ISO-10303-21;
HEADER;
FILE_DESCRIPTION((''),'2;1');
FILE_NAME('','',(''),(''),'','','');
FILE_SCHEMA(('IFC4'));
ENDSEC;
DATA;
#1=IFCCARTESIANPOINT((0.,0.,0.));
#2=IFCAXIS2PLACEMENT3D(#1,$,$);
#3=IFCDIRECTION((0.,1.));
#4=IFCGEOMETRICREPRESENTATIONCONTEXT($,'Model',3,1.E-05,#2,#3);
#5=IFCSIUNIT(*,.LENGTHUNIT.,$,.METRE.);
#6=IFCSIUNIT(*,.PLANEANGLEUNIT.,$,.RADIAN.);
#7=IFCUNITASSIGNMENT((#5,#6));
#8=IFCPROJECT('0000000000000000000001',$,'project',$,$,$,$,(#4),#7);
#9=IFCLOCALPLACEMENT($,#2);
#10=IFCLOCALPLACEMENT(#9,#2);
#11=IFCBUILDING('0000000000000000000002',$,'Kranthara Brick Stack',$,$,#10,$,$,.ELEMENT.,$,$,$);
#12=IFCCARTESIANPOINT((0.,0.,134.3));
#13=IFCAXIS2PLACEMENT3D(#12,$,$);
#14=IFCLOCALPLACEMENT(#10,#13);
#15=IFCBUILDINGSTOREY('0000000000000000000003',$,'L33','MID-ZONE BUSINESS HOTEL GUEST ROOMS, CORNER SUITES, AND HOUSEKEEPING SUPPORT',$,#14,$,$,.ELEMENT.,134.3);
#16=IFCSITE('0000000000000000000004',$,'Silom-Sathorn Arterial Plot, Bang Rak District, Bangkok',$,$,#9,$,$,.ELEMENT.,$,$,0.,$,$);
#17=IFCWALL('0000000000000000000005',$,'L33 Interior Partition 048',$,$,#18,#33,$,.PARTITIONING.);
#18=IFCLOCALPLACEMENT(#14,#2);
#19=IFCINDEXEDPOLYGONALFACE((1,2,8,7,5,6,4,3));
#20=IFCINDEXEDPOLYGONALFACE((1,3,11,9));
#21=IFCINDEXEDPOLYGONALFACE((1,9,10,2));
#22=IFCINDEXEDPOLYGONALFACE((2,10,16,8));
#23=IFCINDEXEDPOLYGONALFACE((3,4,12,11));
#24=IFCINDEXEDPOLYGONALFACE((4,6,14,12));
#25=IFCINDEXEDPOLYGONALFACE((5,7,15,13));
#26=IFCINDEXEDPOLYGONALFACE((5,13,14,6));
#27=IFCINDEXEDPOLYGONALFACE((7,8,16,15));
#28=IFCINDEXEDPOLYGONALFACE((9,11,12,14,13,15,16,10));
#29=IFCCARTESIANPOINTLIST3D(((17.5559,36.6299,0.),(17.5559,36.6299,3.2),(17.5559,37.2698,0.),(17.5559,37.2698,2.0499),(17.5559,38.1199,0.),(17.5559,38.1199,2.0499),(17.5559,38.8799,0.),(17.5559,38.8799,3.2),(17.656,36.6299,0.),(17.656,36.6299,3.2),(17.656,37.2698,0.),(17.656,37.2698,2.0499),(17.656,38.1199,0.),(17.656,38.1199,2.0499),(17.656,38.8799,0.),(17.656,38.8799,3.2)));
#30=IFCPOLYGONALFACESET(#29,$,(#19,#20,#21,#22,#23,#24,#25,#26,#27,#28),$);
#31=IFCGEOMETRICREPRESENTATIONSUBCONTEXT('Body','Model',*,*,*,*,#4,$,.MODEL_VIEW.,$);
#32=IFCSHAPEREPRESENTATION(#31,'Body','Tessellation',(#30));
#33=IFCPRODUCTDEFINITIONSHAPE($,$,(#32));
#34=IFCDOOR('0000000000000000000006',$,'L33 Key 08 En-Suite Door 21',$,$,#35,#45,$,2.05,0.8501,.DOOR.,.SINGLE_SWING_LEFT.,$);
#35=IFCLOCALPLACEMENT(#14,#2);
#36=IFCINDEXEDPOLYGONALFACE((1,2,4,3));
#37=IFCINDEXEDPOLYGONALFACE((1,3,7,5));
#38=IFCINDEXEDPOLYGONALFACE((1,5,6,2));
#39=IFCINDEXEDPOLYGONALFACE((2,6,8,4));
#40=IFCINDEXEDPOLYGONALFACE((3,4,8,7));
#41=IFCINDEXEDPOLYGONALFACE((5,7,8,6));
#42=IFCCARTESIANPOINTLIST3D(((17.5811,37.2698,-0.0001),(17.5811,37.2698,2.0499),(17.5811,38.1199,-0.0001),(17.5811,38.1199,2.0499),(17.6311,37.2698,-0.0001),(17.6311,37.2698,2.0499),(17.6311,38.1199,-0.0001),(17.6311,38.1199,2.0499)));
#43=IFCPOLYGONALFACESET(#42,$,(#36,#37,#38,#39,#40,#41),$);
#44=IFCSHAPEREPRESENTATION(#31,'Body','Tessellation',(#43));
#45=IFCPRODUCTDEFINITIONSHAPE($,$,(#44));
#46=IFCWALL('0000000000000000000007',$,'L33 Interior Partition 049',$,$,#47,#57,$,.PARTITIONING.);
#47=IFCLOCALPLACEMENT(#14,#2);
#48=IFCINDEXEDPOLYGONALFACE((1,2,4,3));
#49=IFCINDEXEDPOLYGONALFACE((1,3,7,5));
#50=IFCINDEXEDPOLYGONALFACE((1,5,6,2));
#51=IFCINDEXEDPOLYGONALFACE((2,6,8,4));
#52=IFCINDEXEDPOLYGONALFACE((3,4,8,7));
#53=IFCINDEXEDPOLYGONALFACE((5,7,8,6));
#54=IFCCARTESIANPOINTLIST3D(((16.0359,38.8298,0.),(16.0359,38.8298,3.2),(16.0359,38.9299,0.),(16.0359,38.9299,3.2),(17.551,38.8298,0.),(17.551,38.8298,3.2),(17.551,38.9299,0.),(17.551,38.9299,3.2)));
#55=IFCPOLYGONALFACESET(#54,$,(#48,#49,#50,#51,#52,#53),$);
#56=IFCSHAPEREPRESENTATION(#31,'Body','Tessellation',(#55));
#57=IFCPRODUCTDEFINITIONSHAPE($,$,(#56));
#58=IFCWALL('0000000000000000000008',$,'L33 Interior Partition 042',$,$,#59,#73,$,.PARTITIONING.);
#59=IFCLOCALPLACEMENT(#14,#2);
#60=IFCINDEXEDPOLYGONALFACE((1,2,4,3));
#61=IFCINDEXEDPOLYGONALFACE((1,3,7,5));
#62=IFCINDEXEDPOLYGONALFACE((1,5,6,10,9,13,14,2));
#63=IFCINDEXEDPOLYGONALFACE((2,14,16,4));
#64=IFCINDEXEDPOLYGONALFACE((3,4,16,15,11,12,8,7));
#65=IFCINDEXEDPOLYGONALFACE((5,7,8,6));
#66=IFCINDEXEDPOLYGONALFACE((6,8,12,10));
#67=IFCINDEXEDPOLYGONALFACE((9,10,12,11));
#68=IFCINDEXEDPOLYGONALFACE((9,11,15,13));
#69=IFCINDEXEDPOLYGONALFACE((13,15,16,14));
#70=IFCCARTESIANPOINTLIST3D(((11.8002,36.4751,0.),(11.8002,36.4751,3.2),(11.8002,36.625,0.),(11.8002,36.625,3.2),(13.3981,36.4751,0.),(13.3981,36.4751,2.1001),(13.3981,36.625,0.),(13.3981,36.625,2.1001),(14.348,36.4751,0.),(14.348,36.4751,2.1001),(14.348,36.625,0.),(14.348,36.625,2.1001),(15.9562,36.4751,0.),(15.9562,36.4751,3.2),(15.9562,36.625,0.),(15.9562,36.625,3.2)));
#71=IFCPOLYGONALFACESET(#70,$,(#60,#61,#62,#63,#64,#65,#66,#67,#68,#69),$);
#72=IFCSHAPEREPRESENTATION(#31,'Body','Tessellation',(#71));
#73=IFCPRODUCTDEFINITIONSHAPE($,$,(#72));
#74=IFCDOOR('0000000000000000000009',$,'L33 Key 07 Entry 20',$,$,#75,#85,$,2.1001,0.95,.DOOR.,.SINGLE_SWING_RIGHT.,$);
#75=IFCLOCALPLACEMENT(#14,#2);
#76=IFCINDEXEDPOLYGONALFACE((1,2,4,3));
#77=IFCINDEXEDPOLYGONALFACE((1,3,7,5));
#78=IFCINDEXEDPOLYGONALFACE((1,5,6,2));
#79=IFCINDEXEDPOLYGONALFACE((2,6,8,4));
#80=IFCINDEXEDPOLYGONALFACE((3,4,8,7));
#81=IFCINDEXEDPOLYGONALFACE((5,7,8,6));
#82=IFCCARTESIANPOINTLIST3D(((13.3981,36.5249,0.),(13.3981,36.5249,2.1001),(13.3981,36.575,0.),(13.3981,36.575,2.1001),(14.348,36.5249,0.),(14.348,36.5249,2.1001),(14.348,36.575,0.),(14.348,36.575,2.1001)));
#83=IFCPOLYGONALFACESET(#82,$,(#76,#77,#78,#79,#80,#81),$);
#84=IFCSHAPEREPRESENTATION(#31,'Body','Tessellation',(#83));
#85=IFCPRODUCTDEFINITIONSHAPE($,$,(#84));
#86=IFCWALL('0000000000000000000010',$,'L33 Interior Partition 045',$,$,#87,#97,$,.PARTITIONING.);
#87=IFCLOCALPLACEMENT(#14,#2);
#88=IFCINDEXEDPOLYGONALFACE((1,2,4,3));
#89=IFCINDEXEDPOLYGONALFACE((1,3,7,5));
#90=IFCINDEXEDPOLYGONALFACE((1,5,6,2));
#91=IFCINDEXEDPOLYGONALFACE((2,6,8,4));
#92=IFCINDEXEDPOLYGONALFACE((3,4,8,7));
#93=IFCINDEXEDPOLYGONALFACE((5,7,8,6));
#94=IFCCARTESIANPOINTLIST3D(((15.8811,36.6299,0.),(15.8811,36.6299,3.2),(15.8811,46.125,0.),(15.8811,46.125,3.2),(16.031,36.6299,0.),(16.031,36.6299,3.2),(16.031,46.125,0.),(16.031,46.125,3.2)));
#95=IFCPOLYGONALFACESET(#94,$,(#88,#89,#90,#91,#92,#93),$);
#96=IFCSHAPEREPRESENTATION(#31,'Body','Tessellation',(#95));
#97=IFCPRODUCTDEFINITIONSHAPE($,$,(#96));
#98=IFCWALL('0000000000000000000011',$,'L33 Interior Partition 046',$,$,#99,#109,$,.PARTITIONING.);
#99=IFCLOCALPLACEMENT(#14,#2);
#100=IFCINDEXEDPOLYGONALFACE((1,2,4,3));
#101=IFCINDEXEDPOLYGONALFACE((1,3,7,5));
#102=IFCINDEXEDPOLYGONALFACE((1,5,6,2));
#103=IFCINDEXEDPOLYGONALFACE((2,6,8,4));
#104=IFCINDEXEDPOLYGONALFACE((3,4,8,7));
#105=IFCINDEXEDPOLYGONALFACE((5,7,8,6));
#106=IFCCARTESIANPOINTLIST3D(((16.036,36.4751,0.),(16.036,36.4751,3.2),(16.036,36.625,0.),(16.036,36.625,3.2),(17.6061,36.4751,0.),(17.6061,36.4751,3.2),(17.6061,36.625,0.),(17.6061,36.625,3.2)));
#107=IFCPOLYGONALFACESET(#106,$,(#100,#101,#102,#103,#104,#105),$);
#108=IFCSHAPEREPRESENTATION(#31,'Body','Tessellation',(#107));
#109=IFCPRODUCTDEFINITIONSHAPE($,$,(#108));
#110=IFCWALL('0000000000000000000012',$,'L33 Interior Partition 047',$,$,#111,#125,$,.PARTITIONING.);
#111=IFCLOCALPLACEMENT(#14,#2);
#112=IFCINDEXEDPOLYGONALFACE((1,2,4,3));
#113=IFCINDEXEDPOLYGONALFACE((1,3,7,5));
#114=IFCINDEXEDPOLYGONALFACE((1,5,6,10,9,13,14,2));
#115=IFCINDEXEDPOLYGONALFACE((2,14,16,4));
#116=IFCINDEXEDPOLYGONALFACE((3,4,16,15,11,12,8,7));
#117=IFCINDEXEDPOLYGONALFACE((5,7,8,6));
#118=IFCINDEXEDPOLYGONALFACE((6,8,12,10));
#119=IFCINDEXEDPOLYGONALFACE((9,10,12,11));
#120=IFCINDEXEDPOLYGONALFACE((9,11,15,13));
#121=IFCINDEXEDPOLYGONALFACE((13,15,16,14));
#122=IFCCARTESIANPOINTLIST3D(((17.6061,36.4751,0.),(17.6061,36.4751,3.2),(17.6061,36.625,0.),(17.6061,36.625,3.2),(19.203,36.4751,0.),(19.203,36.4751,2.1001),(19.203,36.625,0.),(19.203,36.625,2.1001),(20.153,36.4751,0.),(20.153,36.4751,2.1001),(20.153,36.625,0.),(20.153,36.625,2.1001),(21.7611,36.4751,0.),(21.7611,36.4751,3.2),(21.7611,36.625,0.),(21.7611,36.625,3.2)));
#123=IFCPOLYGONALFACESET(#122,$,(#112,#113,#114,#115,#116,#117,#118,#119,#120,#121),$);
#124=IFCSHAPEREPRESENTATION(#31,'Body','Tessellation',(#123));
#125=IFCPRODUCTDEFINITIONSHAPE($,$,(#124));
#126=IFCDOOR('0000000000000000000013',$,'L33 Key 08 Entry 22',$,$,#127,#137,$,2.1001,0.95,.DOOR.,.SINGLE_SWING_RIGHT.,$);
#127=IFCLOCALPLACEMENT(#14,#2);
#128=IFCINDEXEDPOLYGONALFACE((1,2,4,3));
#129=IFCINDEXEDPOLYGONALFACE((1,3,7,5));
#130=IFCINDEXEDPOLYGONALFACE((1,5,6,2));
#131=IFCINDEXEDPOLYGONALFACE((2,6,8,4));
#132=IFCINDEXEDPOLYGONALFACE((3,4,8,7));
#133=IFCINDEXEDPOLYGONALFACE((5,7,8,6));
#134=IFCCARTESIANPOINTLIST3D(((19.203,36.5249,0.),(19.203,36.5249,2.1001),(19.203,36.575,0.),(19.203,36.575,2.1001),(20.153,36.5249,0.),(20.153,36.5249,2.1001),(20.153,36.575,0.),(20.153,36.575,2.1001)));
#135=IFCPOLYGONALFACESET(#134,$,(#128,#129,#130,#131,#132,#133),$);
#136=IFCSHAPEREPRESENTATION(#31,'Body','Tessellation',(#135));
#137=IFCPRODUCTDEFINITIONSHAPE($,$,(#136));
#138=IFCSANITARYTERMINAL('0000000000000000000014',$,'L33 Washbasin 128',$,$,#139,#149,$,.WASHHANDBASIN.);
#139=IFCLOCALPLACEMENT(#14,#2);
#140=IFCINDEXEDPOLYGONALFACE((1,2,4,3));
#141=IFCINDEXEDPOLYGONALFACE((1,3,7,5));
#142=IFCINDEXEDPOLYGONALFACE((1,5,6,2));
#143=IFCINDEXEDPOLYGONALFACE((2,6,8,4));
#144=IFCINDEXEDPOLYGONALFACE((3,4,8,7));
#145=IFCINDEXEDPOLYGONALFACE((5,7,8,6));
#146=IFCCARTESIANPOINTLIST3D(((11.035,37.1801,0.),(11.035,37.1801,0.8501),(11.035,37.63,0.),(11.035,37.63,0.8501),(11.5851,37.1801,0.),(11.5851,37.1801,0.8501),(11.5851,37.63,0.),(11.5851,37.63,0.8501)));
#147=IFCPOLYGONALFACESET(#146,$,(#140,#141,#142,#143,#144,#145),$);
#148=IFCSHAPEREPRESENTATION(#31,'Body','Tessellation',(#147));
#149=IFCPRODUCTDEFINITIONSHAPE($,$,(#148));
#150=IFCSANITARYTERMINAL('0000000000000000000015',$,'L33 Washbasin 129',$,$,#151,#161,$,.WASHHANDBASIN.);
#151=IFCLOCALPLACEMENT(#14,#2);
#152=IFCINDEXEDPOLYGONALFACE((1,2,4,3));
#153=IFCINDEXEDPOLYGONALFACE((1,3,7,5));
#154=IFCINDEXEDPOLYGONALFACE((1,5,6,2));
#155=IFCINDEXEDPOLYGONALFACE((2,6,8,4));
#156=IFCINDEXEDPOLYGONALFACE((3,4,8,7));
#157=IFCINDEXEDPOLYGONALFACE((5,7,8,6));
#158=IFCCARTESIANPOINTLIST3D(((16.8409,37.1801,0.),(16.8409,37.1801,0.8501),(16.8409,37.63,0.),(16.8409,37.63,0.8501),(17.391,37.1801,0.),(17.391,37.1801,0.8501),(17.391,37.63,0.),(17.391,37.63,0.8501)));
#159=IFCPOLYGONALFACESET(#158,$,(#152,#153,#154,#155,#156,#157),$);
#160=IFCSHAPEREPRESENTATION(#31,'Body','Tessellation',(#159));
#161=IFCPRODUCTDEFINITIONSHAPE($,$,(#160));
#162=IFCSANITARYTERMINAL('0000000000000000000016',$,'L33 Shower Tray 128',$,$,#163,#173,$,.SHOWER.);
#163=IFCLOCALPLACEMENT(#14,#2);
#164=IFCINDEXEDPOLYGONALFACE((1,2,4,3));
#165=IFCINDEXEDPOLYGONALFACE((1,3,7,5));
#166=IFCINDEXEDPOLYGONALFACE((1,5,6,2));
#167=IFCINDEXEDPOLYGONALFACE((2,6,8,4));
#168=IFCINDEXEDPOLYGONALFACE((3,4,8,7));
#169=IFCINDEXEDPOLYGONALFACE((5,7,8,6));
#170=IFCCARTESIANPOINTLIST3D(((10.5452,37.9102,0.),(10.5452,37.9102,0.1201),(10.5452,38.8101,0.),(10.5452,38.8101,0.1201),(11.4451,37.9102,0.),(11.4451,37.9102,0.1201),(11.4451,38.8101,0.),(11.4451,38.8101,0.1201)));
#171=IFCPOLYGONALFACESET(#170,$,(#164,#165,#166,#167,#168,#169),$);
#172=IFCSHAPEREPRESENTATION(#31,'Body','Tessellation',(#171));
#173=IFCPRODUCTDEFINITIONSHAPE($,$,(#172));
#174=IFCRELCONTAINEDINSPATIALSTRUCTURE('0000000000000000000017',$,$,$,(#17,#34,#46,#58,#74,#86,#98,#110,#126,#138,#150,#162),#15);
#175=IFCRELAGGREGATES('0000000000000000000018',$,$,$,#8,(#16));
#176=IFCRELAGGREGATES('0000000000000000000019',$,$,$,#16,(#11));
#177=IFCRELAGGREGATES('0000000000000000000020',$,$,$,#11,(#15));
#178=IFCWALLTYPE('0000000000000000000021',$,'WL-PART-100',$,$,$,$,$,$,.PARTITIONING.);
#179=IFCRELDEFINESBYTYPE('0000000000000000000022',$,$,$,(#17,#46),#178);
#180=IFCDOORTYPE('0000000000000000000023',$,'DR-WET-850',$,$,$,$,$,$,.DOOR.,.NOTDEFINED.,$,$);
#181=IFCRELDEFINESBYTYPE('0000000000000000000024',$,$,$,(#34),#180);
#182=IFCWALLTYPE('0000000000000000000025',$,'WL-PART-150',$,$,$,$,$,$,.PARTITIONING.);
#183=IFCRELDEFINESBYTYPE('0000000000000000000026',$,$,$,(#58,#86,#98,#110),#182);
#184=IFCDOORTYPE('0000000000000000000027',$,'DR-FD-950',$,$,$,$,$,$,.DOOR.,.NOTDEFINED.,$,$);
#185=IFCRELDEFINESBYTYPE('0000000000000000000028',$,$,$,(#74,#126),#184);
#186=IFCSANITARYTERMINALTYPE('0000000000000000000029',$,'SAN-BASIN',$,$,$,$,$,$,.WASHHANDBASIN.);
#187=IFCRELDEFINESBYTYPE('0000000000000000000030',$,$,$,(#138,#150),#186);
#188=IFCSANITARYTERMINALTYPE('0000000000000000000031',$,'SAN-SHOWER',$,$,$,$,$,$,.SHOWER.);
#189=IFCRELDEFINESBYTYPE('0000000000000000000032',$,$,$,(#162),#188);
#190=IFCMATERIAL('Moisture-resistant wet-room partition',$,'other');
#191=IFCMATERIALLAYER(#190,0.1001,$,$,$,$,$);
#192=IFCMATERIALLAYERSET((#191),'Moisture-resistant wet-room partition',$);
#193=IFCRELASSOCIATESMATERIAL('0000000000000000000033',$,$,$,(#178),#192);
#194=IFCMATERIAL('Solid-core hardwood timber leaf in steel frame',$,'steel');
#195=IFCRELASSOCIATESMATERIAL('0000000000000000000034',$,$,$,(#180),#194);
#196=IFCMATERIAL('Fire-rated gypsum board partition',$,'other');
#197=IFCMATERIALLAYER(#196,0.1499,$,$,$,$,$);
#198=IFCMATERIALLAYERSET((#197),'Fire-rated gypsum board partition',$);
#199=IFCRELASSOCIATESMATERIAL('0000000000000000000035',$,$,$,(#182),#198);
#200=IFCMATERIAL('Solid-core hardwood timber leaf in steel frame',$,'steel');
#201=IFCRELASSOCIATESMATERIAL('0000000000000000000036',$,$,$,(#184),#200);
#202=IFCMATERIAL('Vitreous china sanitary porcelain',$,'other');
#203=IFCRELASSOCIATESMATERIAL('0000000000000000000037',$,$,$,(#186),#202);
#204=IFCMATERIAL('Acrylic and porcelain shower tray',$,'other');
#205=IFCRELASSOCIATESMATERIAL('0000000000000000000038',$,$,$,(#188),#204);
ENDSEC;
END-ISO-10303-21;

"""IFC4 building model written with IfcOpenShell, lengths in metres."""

from ifc_helpers import new_model, si_unit, direction, frame, frame_2d, origin, origin_2d, place, context, subcontext, project, spatial, rectangle, extrude, material, layer, layer_set, type_object, element, fill, save


model = new_model("IFC4")

# Units and contexts
model_context = context("Model", 3, precision=1e-05, world=origin(), true_north=direction((0.0, 1.0)))
body_context = subcontext(model_context, "Body", "Model", "MODEL_VIEW")
ifc_project = project(units=[si_unit("LENGTHUNIT", "METRE"), si_unit("PLANEANGLEUNIT", "RADIAN")], contexts=[model_context])

# Site, building, storey
site_placement = place(None, origin())
site = spatial("IfcSite", under=ifc_project, at=site_placement, Name="Silom-Sathorn Arterial Plot, Bang Rak District, Bangkok", CompositionType="ELEMENT", RefElevation=0.0)
building_placement = place(site_placement, origin())
building = spatial("IfcBuilding", under=site, at=building_placement, Name="Kranthara Brick Stack", CompositionType="ELEMENT")
storey_placement = place(building_placement, frame((0.0, 0.0, 134.3)))
storey = spatial("IfcBuildingStorey", under=building, at=storey_placement, Name="L33", Description="MID-ZONE BUSINESS HOTEL GUEST ROOMS, CORNER SUITES, AND HOUSEKEEPING SUPPORT", CompositionType="ELEMENT", Elevation=134.3)

# Wall, opening, door
ifc_material_1 = material(Name="Moisture-resistant wet-room partition", Category="other")
ifc_layer_1 = layer(ifc_material_1, 0.1001)
ifc_layer_set_1 = layer_set([ifc_layer_1], Name="Moisture-resistant wet-room partition")
wall_type_1 = type_object("IfcWallType", Name="WL-PART-100", PredefinedType="PARTITIONING", material=ifc_layer_set_1)
ifc_material_2 = material(Name="Solid-core hardwood timber leaf in steel frame", Category="steel")
door_type_1 = type_object("IfcDoorType", Name="DR-WET-850", OperationType="NOTDEFINED", PredefinedType="DOOR", material=ifc_material_2)
wall_1_placement = place(storey_placement, frame((17.606, 36.6299, 0.0), z_axis=(0.0, 0.0, 1.0), x_axis=(0.0, 1.0, 0.0)))
wall_1 = element("IfcWall", 1, at=wall_1_placement, inside=storey, type_object=wall_type_1, Name="L33 Interior Partition 048", PredefinedType="PARTITIONING", context=body_context, shape_type="SweptSolid", body=[
    extrude(rectangle(XDim=2.25, YDim=0.1001, at=frame_2d((1.125, 0.0))), origin(), (0.0, 0.0, 1.0), 3.2),
])
opening_1_placement = place(wall_1_placement, frame((0.6399, 0.0, 0.0)))
opening_1 = element("IfcOpeningElement", 2, at=opening_1_placement, cuts=wall_1, PredefinedType="OPENING", context=body_context, shape_type="SweptSolid", body=[
    extrude(rectangle(XDim=0.8501, YDim=2.05, at=frame_2d((0.425, 1.0249))), frame((0.0, 0.0601, 0.0), z_axis=(0.0, -1.0, 0.0), x_axis=(1.0, 0.0, 0.0)), (0.0, 0.0, 1.0), 0.1201),
])
door_1_placement = place(opening_1_placement, origin())
door_1 = element("IfcDoor", 3, at=door_1_placement, inside=storey, type_object=door_type_1, Name="L33 Key 08 En-Suite Door 21", OperationType="SINGLE_SWING_LEFT", OverallHeight=2.05, OverallWidth=0.8501, PredefinedType="DOOR", context=body_context, shape_type="SweptSolid", body=[
    extrude(rectangle(XDim=0.8501, YDim=2.05, at=frame_2d((0.425, 1.0249))), frame((0.0, 0.0249, 0.0), z_axis=(0.0, -1.0, 0.0), x_axis=(1.0, 0.0, 0.0)), (0.0, 0.0, 1.0), 0.05),
])
fill(opening_1, door_1)

# Wall
wall_2_placement = place(storey_placement, frame((16.0359, 38.8799, 0.0), z_axis=(0.0, 0.0, 1.0), x_axis=(1.0, 0.0, 0.0)))
element("IfcWall", 4, at=wall_2_placement, inside=storey, type_object=wall_type_1, Name="L33 Interior Partition 049", PredefinedType="PARTITIONING", context=body_context, shape_type="SweptSolid", body=[
    extrude(rectangle(XDim=1.5151, YDim=0.1001, at=frame_2d((0.7576, 0.0))), origin(), (0.0, 0.0, 1.0), 3.2),
])

# Wall, opening, door
ifc_material_3 = material(Name="Fire-rated gypsum board partition", Category="other")
ifc_layer_2 = layer(ifc_material_3, 0.1499)
ifc_layer_set_2 = layer_set([ifc_layer_2], Name="Fire-rated gypsum board partition")
wall_type_2 = type_object("IfcWallType", Name="WL-PART-150", PredefinedType="PARTITIONING", material=ifc_layer_set_2)
wall_3_placement = place(storey_placement, frame((11.8, 36.55, 0.0), z_axis=(0.0, 0.0, 1.0), x_axis=(1.0, 0.0, 0.0)))
wall_3 = element("IfcWall", 5, at=wall_3_placement, inside=storey, type_object=wall_type_2, Name="L33 Interior Partition 042", PredefinedType="PARTITIONING", context=body_context, shape_type="SweptSolid", body=[
    extrude(rectangle(XDim=4.156, YDim=0.1499, at=frame_2d((2.0781, 0.0))), origin(), (0.0, 0.0, 1.0), 3.2),
])
opening_2_placement = place(wall_3_placement, frame((1.5979, 0.0, 0.0)))
opening_2 = element("IfcOpeningElement", 6, at=opening_2_placement, cuts=wall_3, PredefinedType="OPENING", context=body_context, shape_type="SweptSolid", body=[
    extrude(rectangle(XDim=0.95, YDim=2.1001, at=frame_2d((0.4751, 1.05))), frame((0.0, 0.085, 0.0), z_axis=(0.0, -1.0, 0.0), x_axis=(1.0, 0.0, 0.0)), (0.0, 0.0, 1.0), 0.1699),
])
ifc_material_4 = material(Name="Solid-core hardwood timber leaf in steel frame", Category="steel")
door_type_2 = type_object("IfcDoorType", Name="DR-FD-950", OperationType="NOTDEFINED", PredefinedType="DOOR", material=ifc_material_4)
door_2_placement = place(opening_2_placement, origin())
door_2 = element("IfcDoor", 7, at=door_2_placement, inside=storey, type_object=door_type_2, Name="L33 Key 07 Entry 20", OperationType="SINGLE_SWING_RIGHT", OverallHeight=2.1001, OverallWidth=0.95, PredefinedType="DOOR", context=body_context, shape_type="SweptSolid", body=[
    extrude(rectangle(XDim=0.95, YDim=2.1001, at=frame_2d((0.4751, 1.05))), frame((0.0, 0.0249, 0.0), z_axis=(0.0, -1.0, 0.0), x_axis=(1.0, 0.0, 0.0)), (0.0, 0.0, 1.0), 0.05),
])
fill(opening_2, door_2)

# Walls
wall_4_placement = place(storey_placement, frame((15.9561, 36.6299, 0.0), z_axis=(0.0, 0.0, 1.0), x_axis=(0.0, 1.0, 0.0)))
element("IfcWall", 8, at=wall_4_placement, inside=storey, type_object=wall_type_2, Name="L33 Interior Partition 045", PredefinedType="PARTITIONING", context=body_context, shape_type="SweptSolid", body=[
    extrude(rectangle(XDim=9.4951, YDim=0.1499, at=frame_2d((4.7476, 0.0))), origin(), (0.0, 0.0, 1.0), 3.2),
])
wall_5_placement = place(storey_placement, frame((16.0359, 36.55, 0.0), z_axis=(0.0, 0.0, 1.0), x_axis=(1.0, 0.0, 0.0)))
element("IfcWall", 9, at=wall_5_placement, inside=storey, type_object=wall_type_2, Name="L33 Interior Partition 046", PredefinedType="PARTITIONING", context=body_context, shape_type="SweptSolid", body=[
    extrude(rectangle(XDim=1.5701, YDim=0.1499, at=frame_2d((0.7852, 0.0))), origin(), (0.0, 0.0, 1.0), 3.2),
])

# Wall, opening, door
wall_6_placement = place(storey_placement, frame((17.606, 36.55, 0.0), z_axis=(0.0, 0.0, 1.0), x_axis=(1.0, 0.0, 0.0)))
wall_6 = element("IfcWall", 10, at=wall_6_placement, inside=storey, type_object=wall_type_2, Name="L33 Interior Partition 047", PredefinedType="PARTITIONING", context=body_context, shape_type="SweptSolid", body=[
    extrude(rectangle(XDim=4.155, YDim=0.1499, at=frame_2d((2.0776, 0.0))), origin(), (0.0, 0.0, 1.0), 3.2),
])
opening_3_placement = place(wall_6_placement, frame((1.5969, 0.0, 0.0)))
opening_3 = element("IfcOpeningElement", 11, at=opening_3_placement, cuts=wall_6, PredefinedType="OPENING", context=body_context, shape_type="SweptSolid", body=[
    extrude(rectangle(XDim=0.95, YDim=2.1001, at=frame_2d((0.4751, 1.05))), frame((0.0, 0.085, 0.0), z_axis=(0.0, -1.0, 0.0), x_axis=(1.0, 0.0, 0.0)), (0.0, 0.0, 1.0), 0.1699),
])
door_3_placement = place(opening_3_placement, origin())
door_3 = element("IfcDoor", 12, at=door_3_placement, inside=storey, type_object=door_type_2, Name="L33 Key 08 Entry 22", OperationType="SINGLE_SWING_RIGHT", OverallHeight=2.1001, OverallWidth=0.95, PredefinedType="DOOR", context=body_context, shape_type="SweptSolid", body=[
    extrude(rectangle(XDim=0.95, YDim=2.1001, at=frame_2d((0.4751, 1.05))), frame((0.0, 0.0249, 0.0), z_axis=(0.0, -1.0, 0.0), x_axis=(1.0, 0.0, 0.0)), (0.0, 0.0, 1.0), 0.05),
])
fill(opening_3, door_3)

# Sanitary terminals
ifc_material_5 = material(Name="Vitreous china sanitary porcelain", Category="other")
sanitary_terminal_type_1 = type_object("IfcSanitaryTerminalType", Name="SAN-BASIN", PredefinedType="WASHHANDBASIN", material=ifc_material_5)
for number, where, z_axis, x_axis, name in (
    (13, (11.3101, 37.405, 0.0), (0.0, 0.0, 1.0), (1.0, 0.0, 0.0), "L33 Washbasin 128"),
    (14, (17.116, 37.405, 0.0), (0.0, 0.0, 1.0), (1.0, 0.0, 0.0), "L33 Washbasin 129"),
):
    element("IfcSanitaryTerminal", number, at=place(storey_placement, frame(where, z_axis=z_axis, x_axis=x_axis)), inside=storey, type_object=sanitary_terminal_type_1, Name=name, PredefinedType="WASHHANDBASIN", context=body_context, shape_type="SweptSolid", body=[
        extrude(rectangle(XDim=0.55, YDim=0.45, at=origin_2d()), origin(), (0.0, 0.0, 1.0), 0.8501),
    ])
ifc_material_6 = material(Name="Acrylic and porcelain shower tray", Category="other")
sanitary_terminal_type_2 = type_object("IfcSanitaryTerminalType", Name="SAN-SHOWER", PredefinedType="SHOWER", material=ifc_material_6)
for number, where, z_axis, x_axis, name in (
    (15, (10.9951, 38.3601, 0.0), (0.0, 0.0, 1.0), (1.0, 0.0, 0.0), "L33 Shower Tray 128"),
):
    element("IfcSanitaryTerminal", number, at=place(storey_placement, frame(where, z_axis=z_axis, x_axis=x_axis)), inside=storey, type_object=sanitary_terminal_type_2, Name=name, PredefinedType="SHOWER", context=body_context, shape_type="SweptSolid", body=[
        extrude(rectangle(XDim=0.8999, YDim=0.8999, at=origin_2d()), origin(), (0.0, 0.0, 1.0), 0.1201),
    ])

save(model, "model.ifc")
